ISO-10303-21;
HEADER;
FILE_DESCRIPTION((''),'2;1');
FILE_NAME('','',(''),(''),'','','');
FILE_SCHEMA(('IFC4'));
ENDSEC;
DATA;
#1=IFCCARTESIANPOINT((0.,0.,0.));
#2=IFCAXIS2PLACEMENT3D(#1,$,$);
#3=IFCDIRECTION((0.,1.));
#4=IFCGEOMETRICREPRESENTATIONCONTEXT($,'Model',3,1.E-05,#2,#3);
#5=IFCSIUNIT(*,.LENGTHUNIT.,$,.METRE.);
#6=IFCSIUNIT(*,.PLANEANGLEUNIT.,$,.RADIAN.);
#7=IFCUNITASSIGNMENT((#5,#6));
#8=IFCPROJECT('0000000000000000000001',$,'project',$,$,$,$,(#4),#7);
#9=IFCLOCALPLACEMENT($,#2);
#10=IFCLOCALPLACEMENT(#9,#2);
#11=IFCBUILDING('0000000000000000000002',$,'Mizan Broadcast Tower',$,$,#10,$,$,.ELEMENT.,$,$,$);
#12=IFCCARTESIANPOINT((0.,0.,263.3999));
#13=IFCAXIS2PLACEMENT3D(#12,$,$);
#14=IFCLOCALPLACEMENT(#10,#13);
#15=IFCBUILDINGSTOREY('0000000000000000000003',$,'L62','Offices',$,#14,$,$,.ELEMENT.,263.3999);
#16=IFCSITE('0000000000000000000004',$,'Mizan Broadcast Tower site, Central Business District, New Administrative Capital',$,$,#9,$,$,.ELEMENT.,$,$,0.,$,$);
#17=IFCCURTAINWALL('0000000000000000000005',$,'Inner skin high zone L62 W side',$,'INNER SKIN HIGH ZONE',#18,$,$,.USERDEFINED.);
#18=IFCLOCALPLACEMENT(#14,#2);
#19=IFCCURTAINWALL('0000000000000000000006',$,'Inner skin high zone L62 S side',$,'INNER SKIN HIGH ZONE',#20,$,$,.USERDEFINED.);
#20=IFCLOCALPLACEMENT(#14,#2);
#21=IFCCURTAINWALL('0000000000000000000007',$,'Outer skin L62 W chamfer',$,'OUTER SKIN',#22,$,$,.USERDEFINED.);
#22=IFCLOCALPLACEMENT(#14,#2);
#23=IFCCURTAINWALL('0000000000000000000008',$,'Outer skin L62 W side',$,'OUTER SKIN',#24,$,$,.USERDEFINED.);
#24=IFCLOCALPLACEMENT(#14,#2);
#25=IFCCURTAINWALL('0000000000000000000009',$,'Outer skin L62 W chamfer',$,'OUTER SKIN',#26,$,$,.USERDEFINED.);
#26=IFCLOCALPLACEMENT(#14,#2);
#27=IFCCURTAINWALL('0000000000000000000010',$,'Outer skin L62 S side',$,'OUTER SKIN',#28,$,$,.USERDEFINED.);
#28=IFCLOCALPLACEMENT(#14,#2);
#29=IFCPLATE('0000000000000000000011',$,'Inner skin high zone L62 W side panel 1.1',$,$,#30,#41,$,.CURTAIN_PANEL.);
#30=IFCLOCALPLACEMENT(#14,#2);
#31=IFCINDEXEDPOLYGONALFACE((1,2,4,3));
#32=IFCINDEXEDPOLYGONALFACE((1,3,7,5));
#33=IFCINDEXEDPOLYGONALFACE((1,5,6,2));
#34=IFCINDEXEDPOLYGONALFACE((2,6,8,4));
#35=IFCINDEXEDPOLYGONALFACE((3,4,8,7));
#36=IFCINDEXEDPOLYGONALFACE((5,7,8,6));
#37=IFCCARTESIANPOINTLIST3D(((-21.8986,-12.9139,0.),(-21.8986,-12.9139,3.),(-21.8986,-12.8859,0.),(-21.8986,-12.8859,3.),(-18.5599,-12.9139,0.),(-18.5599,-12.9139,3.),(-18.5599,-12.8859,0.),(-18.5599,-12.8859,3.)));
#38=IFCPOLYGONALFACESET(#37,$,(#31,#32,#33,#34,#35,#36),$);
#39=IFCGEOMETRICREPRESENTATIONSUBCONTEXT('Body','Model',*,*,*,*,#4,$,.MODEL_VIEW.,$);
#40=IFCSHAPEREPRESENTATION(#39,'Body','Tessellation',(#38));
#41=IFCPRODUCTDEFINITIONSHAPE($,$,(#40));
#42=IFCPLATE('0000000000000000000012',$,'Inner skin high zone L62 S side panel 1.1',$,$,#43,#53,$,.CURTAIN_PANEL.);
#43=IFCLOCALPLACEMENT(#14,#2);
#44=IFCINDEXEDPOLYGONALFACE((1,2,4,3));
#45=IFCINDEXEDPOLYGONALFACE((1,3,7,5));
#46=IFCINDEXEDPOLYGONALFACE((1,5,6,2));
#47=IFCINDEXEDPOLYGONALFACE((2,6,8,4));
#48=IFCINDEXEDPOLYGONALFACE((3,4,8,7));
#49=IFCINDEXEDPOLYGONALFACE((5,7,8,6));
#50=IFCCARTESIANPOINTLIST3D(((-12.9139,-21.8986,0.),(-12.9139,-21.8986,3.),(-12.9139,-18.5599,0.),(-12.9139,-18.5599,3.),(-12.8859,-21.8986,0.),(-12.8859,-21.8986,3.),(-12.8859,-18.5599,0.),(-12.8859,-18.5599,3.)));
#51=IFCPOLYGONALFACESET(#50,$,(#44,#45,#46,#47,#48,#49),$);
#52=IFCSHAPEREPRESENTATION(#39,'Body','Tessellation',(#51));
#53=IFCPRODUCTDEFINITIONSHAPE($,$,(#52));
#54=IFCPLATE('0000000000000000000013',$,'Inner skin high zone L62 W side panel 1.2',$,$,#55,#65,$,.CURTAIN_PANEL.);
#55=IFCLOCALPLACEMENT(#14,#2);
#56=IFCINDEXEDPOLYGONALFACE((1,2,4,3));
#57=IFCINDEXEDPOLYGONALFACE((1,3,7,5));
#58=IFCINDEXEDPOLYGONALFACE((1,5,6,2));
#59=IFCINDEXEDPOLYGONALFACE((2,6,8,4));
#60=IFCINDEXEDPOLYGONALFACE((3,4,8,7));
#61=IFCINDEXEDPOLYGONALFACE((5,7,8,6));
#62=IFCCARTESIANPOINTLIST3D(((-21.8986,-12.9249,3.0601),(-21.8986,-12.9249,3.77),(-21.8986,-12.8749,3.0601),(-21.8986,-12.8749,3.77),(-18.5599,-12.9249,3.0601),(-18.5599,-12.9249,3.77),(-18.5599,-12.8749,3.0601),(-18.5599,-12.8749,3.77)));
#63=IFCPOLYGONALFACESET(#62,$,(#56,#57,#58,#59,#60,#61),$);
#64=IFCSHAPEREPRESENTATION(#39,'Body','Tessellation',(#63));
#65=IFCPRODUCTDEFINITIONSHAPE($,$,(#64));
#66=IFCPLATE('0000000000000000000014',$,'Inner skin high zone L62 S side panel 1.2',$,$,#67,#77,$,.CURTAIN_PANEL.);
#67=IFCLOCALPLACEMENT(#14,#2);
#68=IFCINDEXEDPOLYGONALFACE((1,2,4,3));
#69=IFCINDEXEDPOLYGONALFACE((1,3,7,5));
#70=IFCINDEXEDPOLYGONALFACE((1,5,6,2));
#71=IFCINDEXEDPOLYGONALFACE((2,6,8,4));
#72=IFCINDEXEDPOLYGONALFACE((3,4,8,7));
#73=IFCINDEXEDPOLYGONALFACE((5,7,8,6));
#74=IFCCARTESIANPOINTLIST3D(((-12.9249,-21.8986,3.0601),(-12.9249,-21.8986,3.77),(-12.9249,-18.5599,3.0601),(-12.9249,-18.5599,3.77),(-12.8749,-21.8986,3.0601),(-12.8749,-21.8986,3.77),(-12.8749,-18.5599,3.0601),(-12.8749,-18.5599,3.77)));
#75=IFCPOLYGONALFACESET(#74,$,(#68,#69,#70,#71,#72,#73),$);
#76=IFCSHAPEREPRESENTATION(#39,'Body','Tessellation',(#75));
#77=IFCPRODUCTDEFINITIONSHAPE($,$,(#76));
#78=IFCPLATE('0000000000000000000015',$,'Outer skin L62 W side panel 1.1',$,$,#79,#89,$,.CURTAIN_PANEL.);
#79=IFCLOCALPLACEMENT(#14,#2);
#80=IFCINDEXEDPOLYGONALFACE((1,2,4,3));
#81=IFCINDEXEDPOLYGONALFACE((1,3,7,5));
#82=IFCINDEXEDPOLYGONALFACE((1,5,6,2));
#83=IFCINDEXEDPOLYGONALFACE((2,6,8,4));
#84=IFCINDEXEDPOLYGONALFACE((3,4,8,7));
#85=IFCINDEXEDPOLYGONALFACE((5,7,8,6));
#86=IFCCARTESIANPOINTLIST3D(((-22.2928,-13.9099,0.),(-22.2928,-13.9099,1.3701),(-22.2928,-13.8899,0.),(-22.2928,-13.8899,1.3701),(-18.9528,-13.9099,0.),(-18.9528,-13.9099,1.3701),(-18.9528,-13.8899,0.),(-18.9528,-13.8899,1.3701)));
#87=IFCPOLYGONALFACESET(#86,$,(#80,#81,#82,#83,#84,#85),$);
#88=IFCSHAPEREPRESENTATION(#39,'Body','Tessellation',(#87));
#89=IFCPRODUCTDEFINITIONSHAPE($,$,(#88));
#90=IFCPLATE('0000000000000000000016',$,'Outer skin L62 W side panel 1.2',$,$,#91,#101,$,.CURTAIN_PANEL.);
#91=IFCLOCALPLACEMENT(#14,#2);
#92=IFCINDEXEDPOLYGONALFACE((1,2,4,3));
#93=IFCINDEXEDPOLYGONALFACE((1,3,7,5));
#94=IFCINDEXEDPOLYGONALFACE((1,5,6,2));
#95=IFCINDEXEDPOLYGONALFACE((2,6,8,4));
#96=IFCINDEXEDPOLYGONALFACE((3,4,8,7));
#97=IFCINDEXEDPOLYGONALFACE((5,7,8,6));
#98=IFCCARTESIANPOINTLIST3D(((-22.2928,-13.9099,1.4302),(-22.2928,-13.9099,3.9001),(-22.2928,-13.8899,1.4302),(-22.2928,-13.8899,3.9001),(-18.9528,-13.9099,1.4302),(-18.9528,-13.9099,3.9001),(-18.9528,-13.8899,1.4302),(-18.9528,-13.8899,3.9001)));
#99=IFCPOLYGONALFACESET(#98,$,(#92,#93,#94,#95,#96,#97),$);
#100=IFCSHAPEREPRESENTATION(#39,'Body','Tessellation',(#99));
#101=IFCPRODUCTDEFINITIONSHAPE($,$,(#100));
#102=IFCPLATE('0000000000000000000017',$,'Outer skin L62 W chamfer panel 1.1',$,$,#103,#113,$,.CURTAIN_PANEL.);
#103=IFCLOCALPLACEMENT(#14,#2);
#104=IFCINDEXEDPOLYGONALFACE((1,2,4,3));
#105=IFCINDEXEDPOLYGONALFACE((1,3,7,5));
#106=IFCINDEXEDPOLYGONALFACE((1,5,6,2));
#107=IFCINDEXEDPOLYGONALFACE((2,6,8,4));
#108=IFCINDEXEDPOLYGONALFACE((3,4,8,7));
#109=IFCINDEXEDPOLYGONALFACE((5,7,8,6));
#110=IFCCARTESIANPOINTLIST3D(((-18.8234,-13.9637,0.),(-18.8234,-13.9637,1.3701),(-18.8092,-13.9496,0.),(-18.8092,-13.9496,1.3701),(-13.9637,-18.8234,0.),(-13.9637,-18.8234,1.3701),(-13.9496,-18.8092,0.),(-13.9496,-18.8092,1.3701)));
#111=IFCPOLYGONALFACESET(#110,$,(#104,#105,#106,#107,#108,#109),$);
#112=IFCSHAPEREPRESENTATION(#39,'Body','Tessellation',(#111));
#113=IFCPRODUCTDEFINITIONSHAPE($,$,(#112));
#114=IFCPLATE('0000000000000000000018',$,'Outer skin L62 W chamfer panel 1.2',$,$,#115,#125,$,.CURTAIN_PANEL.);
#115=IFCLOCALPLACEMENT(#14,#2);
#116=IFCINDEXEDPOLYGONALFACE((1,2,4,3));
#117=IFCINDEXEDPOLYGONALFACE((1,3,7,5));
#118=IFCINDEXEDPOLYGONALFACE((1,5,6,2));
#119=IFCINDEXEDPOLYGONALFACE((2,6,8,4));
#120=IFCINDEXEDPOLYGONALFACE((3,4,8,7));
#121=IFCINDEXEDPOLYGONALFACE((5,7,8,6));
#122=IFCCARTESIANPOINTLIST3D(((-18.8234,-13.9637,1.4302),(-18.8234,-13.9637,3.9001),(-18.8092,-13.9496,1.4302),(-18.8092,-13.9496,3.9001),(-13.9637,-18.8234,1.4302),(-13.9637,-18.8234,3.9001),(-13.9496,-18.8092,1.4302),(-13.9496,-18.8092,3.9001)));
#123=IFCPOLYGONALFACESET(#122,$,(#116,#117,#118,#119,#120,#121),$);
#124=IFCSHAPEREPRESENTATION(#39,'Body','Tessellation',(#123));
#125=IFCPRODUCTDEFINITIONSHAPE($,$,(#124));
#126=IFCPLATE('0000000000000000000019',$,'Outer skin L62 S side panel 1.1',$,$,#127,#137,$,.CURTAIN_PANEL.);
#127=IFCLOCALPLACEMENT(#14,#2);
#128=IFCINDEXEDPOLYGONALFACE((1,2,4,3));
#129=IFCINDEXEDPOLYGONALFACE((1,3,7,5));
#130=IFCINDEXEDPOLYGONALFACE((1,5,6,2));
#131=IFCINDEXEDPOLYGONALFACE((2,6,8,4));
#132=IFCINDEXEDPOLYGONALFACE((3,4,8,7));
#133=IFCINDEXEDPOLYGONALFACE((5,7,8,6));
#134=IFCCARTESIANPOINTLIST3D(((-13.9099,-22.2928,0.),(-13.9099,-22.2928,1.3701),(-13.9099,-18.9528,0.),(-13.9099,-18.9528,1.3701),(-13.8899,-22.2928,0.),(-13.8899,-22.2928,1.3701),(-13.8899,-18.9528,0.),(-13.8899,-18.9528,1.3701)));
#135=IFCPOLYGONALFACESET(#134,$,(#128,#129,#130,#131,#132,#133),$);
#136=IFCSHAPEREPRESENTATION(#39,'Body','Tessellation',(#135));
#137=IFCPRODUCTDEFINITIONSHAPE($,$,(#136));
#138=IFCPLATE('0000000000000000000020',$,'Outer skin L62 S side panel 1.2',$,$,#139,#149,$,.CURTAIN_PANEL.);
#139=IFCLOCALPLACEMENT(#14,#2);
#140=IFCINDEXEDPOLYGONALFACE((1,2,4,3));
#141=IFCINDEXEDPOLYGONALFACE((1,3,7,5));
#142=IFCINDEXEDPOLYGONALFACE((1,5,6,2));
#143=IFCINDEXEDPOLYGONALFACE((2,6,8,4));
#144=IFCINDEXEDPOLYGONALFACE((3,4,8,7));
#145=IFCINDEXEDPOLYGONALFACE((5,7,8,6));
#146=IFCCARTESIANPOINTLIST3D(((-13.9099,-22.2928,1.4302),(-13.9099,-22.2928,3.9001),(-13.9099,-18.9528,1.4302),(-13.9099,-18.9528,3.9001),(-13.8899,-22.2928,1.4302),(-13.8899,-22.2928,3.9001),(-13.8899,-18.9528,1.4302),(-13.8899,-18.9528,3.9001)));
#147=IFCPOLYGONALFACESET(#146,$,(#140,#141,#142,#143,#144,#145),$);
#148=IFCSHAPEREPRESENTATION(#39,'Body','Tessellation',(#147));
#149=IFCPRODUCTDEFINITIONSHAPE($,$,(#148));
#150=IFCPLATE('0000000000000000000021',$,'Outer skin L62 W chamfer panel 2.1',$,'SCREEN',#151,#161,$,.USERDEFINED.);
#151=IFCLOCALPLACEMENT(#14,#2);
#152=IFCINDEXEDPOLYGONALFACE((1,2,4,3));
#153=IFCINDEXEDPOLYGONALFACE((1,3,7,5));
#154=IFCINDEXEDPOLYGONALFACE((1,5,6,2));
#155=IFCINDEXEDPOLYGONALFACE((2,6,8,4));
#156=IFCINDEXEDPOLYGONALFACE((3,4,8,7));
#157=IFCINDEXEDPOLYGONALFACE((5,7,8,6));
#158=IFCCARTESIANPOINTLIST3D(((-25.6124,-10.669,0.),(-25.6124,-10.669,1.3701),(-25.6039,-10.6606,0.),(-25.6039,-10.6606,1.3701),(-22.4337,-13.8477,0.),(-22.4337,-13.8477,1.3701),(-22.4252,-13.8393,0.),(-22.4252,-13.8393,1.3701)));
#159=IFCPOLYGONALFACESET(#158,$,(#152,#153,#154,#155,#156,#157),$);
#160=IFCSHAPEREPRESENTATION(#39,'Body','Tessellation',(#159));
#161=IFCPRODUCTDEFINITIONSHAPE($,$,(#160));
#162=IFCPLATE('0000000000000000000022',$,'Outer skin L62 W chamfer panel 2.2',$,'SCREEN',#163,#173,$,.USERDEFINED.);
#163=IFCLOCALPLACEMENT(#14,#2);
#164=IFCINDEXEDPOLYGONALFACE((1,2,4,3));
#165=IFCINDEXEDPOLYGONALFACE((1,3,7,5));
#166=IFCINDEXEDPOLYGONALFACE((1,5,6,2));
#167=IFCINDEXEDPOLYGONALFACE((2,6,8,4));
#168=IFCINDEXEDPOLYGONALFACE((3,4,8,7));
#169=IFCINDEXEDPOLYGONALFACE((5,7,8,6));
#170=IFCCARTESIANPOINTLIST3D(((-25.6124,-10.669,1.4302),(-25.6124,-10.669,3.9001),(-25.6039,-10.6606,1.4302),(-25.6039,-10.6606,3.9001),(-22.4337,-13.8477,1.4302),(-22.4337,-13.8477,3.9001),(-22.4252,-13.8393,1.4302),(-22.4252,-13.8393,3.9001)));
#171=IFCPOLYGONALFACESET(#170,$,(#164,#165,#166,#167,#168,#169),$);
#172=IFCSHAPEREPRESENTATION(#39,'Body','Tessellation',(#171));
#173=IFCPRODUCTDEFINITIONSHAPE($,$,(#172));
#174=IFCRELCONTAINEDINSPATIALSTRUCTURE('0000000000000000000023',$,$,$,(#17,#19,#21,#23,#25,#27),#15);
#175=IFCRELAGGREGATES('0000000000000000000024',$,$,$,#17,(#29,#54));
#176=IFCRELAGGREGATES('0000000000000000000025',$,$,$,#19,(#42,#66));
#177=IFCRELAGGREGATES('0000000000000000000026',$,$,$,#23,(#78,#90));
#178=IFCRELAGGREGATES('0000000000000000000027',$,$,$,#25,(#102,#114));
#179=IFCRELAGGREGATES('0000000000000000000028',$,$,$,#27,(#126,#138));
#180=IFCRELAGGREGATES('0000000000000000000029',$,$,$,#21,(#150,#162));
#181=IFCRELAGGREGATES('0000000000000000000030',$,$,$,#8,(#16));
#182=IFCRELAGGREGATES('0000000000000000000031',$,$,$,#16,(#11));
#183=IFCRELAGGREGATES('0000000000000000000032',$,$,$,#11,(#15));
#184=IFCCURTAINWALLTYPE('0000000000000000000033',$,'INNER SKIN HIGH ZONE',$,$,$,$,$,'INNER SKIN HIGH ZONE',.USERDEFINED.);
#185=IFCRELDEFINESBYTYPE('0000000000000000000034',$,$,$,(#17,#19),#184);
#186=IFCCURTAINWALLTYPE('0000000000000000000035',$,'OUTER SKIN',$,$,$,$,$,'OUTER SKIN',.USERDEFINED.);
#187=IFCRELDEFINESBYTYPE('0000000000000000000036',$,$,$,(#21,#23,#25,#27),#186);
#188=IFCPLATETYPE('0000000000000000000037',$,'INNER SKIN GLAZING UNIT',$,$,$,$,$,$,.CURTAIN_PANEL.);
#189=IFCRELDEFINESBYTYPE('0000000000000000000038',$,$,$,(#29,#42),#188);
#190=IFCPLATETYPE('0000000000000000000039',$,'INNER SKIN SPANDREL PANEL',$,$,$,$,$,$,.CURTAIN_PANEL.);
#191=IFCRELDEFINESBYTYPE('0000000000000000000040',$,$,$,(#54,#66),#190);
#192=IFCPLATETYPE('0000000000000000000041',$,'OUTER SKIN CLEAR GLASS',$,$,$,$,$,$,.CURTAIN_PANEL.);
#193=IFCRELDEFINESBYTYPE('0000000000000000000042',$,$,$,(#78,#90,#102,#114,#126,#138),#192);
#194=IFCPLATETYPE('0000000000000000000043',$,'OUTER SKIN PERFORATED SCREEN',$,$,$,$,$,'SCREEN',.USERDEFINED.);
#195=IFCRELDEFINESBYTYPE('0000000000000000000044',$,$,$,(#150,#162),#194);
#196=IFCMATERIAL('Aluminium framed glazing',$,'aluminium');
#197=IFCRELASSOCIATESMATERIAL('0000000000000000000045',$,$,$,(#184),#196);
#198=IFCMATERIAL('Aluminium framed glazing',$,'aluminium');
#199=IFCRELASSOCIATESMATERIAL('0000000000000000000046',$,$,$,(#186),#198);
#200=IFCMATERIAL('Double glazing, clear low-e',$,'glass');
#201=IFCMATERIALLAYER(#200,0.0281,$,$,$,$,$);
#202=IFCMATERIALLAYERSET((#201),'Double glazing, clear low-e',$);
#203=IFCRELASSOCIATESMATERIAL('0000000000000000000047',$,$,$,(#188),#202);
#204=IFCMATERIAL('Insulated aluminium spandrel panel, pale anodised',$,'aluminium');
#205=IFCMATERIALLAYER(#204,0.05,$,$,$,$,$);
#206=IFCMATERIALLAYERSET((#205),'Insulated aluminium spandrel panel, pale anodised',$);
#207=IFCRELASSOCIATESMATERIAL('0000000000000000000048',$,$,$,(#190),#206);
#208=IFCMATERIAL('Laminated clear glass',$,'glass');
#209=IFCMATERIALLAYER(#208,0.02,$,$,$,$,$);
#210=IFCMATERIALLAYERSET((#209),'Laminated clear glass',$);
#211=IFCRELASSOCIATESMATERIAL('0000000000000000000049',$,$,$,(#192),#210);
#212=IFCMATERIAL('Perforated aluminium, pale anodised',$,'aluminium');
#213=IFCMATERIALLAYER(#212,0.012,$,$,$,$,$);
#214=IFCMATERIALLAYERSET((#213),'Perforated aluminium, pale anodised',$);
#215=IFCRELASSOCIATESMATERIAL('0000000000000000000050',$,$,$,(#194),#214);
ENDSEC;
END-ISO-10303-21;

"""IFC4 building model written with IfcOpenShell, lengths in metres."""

from ifc_helpers import new_model, si_unit, direction, frame, origin, origin_2d, place, context, subcontext, project, spatial, rectangle, extrude, material, layer, layer_set, type_object, element, aggregate, save


model = new_model("IFC4")

# Units and contexts
model_context = context("Model", 3, precision=1e-05, world=origin(), true_north=direction((0.0, 1.0)))
body_context = subcontext(model_context, "Body", "Model", "MODEL_VIEW")
ifc_project = project(units=[si_unit("LENGTHUNIT", "METRE"), si_unit("PLANEANGLEUNIT", "RADIAN")], contexts=[model_context])

# Site, building, storey
site_placement = place(None, origin())
site = spatial("IfcSite", under=ifc_project, at=site_placement, Name="Mizan Broadcast Tower site, Central Business District, New Administrative Capital", CompositionType="ELEMENT", RefElevation=0.0)
building_placement = place(site_placement, origin())
building = spatial("IfcBuilding", under=site, at=building_placement, Name="Mizan Broadcast Tower", CompositionType="ELEMENT")
storey_placement = place(building_placement, frame((0.0, 0.0, 263.3999)))
storey = spatial("IfcBuildingStorey", under=building, at=storey_placement, Name="L62", Description="Offices", CompositionType="ELEMENT", Elevation=263.3999)

# Curtain walls
ifc_material_1 = material(Name="Aluminium framed glazing", Category="aluminium")
curtain_wall_type_1 = type_object("IfcCurtainWallType", Name="INNER SKIN HIGH ZONE", ElementType="INNER SKIN HIGH ZONE", PredefinedType="USERDEFINED", material=ifc_material_1)
curtain_wall_1_placement = place(storey_placement, origin())
curtain_wall_1 = element("IfcCurtainWall", 1, at=curtain_wall_1_placement, inside=storey, type_object=curtain_wall_type_1, Name="Inner skin high zone L62 W side", ObjectType="INNER SKIN HIGH ZONE", PredefinedType="USERDEFINED")
curtain_wall_2_placement = place(storey_placement, origin())
curtain_wall_2 = element("IfcCurtainWall", 2, at=curtain_wall_2_placement, inside=storey, type_object=curtain_wall_type_1, Name="Inner skin high zone L62 S side", ObjectType="INNER SKIN HIGH ZONE", PredefinedType="USERDEFINED")

# Curtain walls
ifc_material_2 = material(Name="Aluminium framed glazing", Category="aluminium")
curtain_wall_type_2 = type_object("IfcCurtainWallType", Name="OUTER SKIN", ElementType="OUTER SKIN", PredefinedType="USERDEFINED", material=ifc_material_2)
curtain_wall_3_placement = place(storey_placement, origin())
curtain_wall_3 = element("IfcCurtainWall", 3, at=curtain_wall_3_placement, inside=storey, type_object=curtain_wall_type_2, Name="Outer skin L62 W chamfer", ObjectType="OUTER SKIN", PredefinedType="USERDEFINED")
curtain_wall_4_placement = place(storey_placement, origin())
curtain_wall_4 = element("IfcCurtainWall", 4, at=curtain_wall_4_placement, inside=storey, type_object=curtain_wall_type_2, Name="Outer skin L62 W side", ObjectType="OUTER SKIN", PredefinedType="USERDEFINED")
curtain_wall_5_placement = place(storey_placement, origin())
curtain_wall_5 = element("IfcCurtainWall", 5, at=curtain_wall_5_placement, inside=storey, type_object=curtain_wall_type_2, Name="Outer skin L62 W chamfer", ObjectType="OUTER SKIN", PredefinedType="USERDEFINED")
curtain_wall_6_placement = place(storey_placement, origin())
curtain_wall_6 = element("IfcCurtainWall", 6, at=curtain_wall_6_placement, inside=storey, type_object=curtain_wall_type_2, Name="Outer skin L62 S side", ObjectType="OUTER SKIN", PredefinedType="USERDEFINED")

# Plates
ifc_material_3 = material(Name="Double glazing, clear low-e", Category="glass")
ifc_layer_1 = layer(ifc_material_3, 0.0281)
ifc_layer_set_1 = layer_set([ifc_layer_1], Name="Double glazing, clear low-e")
plate_type_1 = type_object("IfcPlateType", Name="INNER SKIN GLAZING UNIT", PredefinedType="CURTAIN_PANEL", material=ifc_layer_set_1)
plate_1_placement = place(storey_placement, frame((-20.2292, -12.8999, 0.0), z_axis=(0.0, 0.0, 1.0), x_axis=(1.0, 0.0, 0.0)))
plate_1 = element("IfcPlate", 7, at=plate_1_placement, type_object=plate_type_1, Name="Inner skin high zone L62 W side panel 1.1", PredefinedType="CURTAIN_PANEL", context=body_context, shape_type="SweptSolid", body=[
    extrude(rectangle(XDim=3.3386, YDim=0.0281, at=origin_2d()), origin(), (0.0, 0.0, 1.0), 3.0),
])
plate_2_placement = place(storey_placement, frame((-12.8999, -20.2292, 0.0), z_axis=(0.0, 0.0, 1.0), x_axis=(0.0, -1.0, 0.0)))
plate_2 = element("IfcPlate", 8, at=plate_2_placement, type_object=plate_type_1, Name="Inner skin high zone L62 S side panel 1.1", PredefinedType="CURTAIN_PANEL", context=body_context, shape_type="SweptSolid", body=[
    extrude(rectangle(XDim=3.3386, YDim=0.0281, at=origin_2d()), origin(), (0.0, 0.0, 1.0), 3.0),
])
ifc_material_4 = material(Name="Insulated aluminium spandrel panel, pale anodised", Category="aluminium")
ifc_layer_2 = layer(ifc_material_4, 0.05)
ifc_layer_set_2 = layer_set([ifc_layer_2], Name="Insulated aluminium spandrel panel, pale anodised")
plate_type_2 = type_object("IfcPlateType", Name="INNER SKIN SPANDREL PANEL", PredefinedType="CURTAIN_PANEL", material=ifc_layer_set_2)
plate_3_placement = place(storey_placement, frame((-20.2292, -12.8999, 3.0601), z_axis=(0.0, 0.0, 1.0), x_axis=(1.0, 0.0, 0.0)))
plate_3 = element("IfcPlate", 9, at=plate_3_placement, type_object=plate_type_2, Name="Inner skin high zone L62 W side panel 1.2", PredefinedType="CURTAIN_PANEL", context=body_context, shape_type="SweptSolid", body=[
    extrude(rectangle(XDim=3.3386, YDim=0.05, at=origin_2d()), origin(), (0.0, 0.0, 1.0), 0.71),
])
aggregate(curtain_wall_1, [plate_1, plate_3])
plate_4_placement = place(storey_placement, frame((-12.8999, -20.2292, 3.0601), z_axis=(0.0, 0.0, 1.0), x_axis=(0.0, -1.0, 0.0)))
plate_4 = element("IfcPlate", 10, at=plate_4_placement, type_object=plate_type_2, Name="Inner skin high zone L62 S side panel 1.2", PredefinedType="CURTAIN_PANEL", context=body_context, shape_type="SweptSolid", body=[
    extrude(rectangle(XDim=3.3386, YDim=0.05, at=origin_2d()), origin(), (0.0, 0.0, 1.0), 0.71),
])
aggregate(curtain_wall_2, [plate_2, plate_4])
ifc_material_5 = material(Name="Laminated clear glass", Category="glass")
ifc_layer_3 = layer(ifc_material_5, 0.02)
ifc_layer_set_3 = layer_set([ifc_layer_3], Name="Laminated clear glass")
plate_type_3 = type_object("IfcPlateType", Name="OUTER SKIN CLEAR GLASS", PredefinedType="CURTAIN_PANEL", material=ifc_layer_set_3)
plate_5_placement = place(storey_placement, frame((-20.6228, -13.8999, 0.0), z_axis=(0.0, 0.0, 1.0), x_axis=(1.0, 0.0, 0.0)))
plate_5 = element("IfcPlate", 11, at=plate_5_placement, type_object=plate_type_3, Name="Outer skin L62 W side panel 1.1", PredefinedType="CURTAIN_PANEL", context=body_context, shape_type="SweptSolid", body=[
    extrude(rectangle(XDim=3.3401, YDim=0.02, at=origin_2d()), origin(), (0.0, 0.0, 1.0), 1.3701),
])
plate_6_placement = place(storey_placement, frame((-20.6228, -13.8999, 1.4302), z_axis=(0.0, 0.0, 1.0), x_axis=(1.0, 0.0, 0.0)))
plate_6 = element("IfcPlate", 12, at=plate_6_placement, type_object=plate_type_3, Name="Outer skin L62 W side panel 1.2", PredefinedType="CURTAIN_PANEL", context=body_context, shape_type="SweptSolid", body=[
    extrude(rectangle(XDim=3.3401, YDim=0.02, at=origin_2d()), origin(), (0.0, 0.0, 1.0), 2.47),
])
aggregate(curtain_wall_4, [plate_5, plate_6])
plate_7_placement = place(storey_placement, frame((-16.3865, -16.3865, 0.0), z_axis=(0.0, 0.0, 1.0), x_axis=(0.707107, -0.707107, 0.0)))
plate_7 = element("IfcPlate", 13, at=plate_7_placement, type_object=plate_type_3, Name="Outer skin L62 W chamfer panel 1.1", PredefinedType="CURTAIN_PANEL", context=body_context, shape_type="SweptSolid", body=[
    extrude(rectangle(XDim=6.8726, YDim=0.02, at=origin_2d()), origin(), (0.0, 0.0, 1.0), 1.3701),
])
plate_8_placement = place(storey_placement, frame((-16.3865, -16.3865, 1.4302), z_axis=(0.0, 0.0, 1.0), x_axis=(0.707107, -0.707107, 0.0)))
plate_8 = element("IfcPlate", 14, at=plate_8_placement, type_object=plate_type_3, Name="Outer skin L62 W chamfer panel 1.2", PredefinedType="CURTAIN_PANEL", context=body_context, shape_type="SweptSolid", body=[
    extrude(rectangle(XDim=6.8726, YDim=0.02, at=origin_2d()), origin(), (0.0, 0.0, 1.0), 2.47),
])
aggregate(curtain_wall_5, [plate_7, plate_8])
plate_9_placement = place(storey_placement, frame((-13.8999, -20.6228, 0.0), z_axis=(0.0, 0.0, 1.0), x_axis=(0.0, -1.0, 0.0)))
plate_9 = element("IfcPlate", 15, at=plate_9_placement, type_object=plate_type_3, Name="Outer skin L62 S side panel 1.1", PredefinedType="CURTAIN_PANEL", context=body_context, shape_type="SweptSolid", body=[
    extrude(rectangle(XDim=3.3401, YDim=0.02, at=origin_2d()), origin(), (0.0, 0.0, 1.0), 1.3701),
])
plate_10_placement = place(storey_placement, frame((-13.8999, -20.6228, 1.4302), z_axis=(0.0, 0.0, 1.0), x_axis=(0.0, -1.0, 0.0)))
plate_10 = element("IfcPlate", 16, at=plate_10_placement, type_object=plate_type_3, Name="Outer skin L62 S side panel 1.2", PredefinedType="CURTAIN_PANEL", context=body_context, shape_type="SweptSolid", body=[
    extrude(rectangle(XDim=3.3401, YDim=0.02, at=origin_2d()), origin(), (0.0, 0.0, 1.0), 2.47),
])
aggregate(curtain_wall_6, [plate_9, plate_10])
ifc_material_6 = material(Name="Perforated aluminium, pale anodised", Category="aluminium")
ifc_layer_4 = layer(ifc_material_6, 0.012)
ifc_layer_set_4 = layer_set([ifc_layer_4], Name="Perforated aluminium, pale anodised")
plate_type_4 = type_object("IfcPlateType", Name="OUTER SKIN PERFORATED SCREEN", ElementType="SCREEN", PredefinedType="USERDEFINED", material=ifc_layer_set_4)
plate_11_placement = place(storey_placement, frame((-24.0188, -12.2542, 0.0), z_axis=(0.0, 0.0, 1.0), x_axis=(0.707107, -0.707107, 0.0)))
plate_11 = element("IfcPlate", 17, at=plate_11_placement, type_object=plate_type_4, Name="Outer skin L62 W chamfer panel 2.1", ObjectType="SCREEN", PredefinedType="USERDEFINED", context=body_context, shape_type="SweptSolid", body=[
    extrude(rectangle(XDim=4.4954, YDim=0.012, at=origin_2d()), origin(), (0.0, 0.0, 1.0), 1.3701),
])
plate_12_placement = place(storey_placement, frame((-24.0188, -12.2542, 1.4302), z_axis=(0.0, 0.0, 1.0), x_axis=(0.707107, -0.707107, 0.0)))
plate_12 = element("IfcPlate", 18, at=plate_12_placement, type_object=plate_type_4, Name="Outer skin L62 W chamfer panel 2.2", ObjectType="SCREEN", PredefinedType="USERDEFINED", context=body_context, shape_type="SweptSolid", body=[
    extrude(rectangle(XDim=4.4954, YDim=0.012, at=origin_2d()), origin(), (0.0, 0.0, 1.0), 2.47),
])
aggregate(curtain_wall_3, [plate_11, plate_12])

save(model, "model.ifc")
